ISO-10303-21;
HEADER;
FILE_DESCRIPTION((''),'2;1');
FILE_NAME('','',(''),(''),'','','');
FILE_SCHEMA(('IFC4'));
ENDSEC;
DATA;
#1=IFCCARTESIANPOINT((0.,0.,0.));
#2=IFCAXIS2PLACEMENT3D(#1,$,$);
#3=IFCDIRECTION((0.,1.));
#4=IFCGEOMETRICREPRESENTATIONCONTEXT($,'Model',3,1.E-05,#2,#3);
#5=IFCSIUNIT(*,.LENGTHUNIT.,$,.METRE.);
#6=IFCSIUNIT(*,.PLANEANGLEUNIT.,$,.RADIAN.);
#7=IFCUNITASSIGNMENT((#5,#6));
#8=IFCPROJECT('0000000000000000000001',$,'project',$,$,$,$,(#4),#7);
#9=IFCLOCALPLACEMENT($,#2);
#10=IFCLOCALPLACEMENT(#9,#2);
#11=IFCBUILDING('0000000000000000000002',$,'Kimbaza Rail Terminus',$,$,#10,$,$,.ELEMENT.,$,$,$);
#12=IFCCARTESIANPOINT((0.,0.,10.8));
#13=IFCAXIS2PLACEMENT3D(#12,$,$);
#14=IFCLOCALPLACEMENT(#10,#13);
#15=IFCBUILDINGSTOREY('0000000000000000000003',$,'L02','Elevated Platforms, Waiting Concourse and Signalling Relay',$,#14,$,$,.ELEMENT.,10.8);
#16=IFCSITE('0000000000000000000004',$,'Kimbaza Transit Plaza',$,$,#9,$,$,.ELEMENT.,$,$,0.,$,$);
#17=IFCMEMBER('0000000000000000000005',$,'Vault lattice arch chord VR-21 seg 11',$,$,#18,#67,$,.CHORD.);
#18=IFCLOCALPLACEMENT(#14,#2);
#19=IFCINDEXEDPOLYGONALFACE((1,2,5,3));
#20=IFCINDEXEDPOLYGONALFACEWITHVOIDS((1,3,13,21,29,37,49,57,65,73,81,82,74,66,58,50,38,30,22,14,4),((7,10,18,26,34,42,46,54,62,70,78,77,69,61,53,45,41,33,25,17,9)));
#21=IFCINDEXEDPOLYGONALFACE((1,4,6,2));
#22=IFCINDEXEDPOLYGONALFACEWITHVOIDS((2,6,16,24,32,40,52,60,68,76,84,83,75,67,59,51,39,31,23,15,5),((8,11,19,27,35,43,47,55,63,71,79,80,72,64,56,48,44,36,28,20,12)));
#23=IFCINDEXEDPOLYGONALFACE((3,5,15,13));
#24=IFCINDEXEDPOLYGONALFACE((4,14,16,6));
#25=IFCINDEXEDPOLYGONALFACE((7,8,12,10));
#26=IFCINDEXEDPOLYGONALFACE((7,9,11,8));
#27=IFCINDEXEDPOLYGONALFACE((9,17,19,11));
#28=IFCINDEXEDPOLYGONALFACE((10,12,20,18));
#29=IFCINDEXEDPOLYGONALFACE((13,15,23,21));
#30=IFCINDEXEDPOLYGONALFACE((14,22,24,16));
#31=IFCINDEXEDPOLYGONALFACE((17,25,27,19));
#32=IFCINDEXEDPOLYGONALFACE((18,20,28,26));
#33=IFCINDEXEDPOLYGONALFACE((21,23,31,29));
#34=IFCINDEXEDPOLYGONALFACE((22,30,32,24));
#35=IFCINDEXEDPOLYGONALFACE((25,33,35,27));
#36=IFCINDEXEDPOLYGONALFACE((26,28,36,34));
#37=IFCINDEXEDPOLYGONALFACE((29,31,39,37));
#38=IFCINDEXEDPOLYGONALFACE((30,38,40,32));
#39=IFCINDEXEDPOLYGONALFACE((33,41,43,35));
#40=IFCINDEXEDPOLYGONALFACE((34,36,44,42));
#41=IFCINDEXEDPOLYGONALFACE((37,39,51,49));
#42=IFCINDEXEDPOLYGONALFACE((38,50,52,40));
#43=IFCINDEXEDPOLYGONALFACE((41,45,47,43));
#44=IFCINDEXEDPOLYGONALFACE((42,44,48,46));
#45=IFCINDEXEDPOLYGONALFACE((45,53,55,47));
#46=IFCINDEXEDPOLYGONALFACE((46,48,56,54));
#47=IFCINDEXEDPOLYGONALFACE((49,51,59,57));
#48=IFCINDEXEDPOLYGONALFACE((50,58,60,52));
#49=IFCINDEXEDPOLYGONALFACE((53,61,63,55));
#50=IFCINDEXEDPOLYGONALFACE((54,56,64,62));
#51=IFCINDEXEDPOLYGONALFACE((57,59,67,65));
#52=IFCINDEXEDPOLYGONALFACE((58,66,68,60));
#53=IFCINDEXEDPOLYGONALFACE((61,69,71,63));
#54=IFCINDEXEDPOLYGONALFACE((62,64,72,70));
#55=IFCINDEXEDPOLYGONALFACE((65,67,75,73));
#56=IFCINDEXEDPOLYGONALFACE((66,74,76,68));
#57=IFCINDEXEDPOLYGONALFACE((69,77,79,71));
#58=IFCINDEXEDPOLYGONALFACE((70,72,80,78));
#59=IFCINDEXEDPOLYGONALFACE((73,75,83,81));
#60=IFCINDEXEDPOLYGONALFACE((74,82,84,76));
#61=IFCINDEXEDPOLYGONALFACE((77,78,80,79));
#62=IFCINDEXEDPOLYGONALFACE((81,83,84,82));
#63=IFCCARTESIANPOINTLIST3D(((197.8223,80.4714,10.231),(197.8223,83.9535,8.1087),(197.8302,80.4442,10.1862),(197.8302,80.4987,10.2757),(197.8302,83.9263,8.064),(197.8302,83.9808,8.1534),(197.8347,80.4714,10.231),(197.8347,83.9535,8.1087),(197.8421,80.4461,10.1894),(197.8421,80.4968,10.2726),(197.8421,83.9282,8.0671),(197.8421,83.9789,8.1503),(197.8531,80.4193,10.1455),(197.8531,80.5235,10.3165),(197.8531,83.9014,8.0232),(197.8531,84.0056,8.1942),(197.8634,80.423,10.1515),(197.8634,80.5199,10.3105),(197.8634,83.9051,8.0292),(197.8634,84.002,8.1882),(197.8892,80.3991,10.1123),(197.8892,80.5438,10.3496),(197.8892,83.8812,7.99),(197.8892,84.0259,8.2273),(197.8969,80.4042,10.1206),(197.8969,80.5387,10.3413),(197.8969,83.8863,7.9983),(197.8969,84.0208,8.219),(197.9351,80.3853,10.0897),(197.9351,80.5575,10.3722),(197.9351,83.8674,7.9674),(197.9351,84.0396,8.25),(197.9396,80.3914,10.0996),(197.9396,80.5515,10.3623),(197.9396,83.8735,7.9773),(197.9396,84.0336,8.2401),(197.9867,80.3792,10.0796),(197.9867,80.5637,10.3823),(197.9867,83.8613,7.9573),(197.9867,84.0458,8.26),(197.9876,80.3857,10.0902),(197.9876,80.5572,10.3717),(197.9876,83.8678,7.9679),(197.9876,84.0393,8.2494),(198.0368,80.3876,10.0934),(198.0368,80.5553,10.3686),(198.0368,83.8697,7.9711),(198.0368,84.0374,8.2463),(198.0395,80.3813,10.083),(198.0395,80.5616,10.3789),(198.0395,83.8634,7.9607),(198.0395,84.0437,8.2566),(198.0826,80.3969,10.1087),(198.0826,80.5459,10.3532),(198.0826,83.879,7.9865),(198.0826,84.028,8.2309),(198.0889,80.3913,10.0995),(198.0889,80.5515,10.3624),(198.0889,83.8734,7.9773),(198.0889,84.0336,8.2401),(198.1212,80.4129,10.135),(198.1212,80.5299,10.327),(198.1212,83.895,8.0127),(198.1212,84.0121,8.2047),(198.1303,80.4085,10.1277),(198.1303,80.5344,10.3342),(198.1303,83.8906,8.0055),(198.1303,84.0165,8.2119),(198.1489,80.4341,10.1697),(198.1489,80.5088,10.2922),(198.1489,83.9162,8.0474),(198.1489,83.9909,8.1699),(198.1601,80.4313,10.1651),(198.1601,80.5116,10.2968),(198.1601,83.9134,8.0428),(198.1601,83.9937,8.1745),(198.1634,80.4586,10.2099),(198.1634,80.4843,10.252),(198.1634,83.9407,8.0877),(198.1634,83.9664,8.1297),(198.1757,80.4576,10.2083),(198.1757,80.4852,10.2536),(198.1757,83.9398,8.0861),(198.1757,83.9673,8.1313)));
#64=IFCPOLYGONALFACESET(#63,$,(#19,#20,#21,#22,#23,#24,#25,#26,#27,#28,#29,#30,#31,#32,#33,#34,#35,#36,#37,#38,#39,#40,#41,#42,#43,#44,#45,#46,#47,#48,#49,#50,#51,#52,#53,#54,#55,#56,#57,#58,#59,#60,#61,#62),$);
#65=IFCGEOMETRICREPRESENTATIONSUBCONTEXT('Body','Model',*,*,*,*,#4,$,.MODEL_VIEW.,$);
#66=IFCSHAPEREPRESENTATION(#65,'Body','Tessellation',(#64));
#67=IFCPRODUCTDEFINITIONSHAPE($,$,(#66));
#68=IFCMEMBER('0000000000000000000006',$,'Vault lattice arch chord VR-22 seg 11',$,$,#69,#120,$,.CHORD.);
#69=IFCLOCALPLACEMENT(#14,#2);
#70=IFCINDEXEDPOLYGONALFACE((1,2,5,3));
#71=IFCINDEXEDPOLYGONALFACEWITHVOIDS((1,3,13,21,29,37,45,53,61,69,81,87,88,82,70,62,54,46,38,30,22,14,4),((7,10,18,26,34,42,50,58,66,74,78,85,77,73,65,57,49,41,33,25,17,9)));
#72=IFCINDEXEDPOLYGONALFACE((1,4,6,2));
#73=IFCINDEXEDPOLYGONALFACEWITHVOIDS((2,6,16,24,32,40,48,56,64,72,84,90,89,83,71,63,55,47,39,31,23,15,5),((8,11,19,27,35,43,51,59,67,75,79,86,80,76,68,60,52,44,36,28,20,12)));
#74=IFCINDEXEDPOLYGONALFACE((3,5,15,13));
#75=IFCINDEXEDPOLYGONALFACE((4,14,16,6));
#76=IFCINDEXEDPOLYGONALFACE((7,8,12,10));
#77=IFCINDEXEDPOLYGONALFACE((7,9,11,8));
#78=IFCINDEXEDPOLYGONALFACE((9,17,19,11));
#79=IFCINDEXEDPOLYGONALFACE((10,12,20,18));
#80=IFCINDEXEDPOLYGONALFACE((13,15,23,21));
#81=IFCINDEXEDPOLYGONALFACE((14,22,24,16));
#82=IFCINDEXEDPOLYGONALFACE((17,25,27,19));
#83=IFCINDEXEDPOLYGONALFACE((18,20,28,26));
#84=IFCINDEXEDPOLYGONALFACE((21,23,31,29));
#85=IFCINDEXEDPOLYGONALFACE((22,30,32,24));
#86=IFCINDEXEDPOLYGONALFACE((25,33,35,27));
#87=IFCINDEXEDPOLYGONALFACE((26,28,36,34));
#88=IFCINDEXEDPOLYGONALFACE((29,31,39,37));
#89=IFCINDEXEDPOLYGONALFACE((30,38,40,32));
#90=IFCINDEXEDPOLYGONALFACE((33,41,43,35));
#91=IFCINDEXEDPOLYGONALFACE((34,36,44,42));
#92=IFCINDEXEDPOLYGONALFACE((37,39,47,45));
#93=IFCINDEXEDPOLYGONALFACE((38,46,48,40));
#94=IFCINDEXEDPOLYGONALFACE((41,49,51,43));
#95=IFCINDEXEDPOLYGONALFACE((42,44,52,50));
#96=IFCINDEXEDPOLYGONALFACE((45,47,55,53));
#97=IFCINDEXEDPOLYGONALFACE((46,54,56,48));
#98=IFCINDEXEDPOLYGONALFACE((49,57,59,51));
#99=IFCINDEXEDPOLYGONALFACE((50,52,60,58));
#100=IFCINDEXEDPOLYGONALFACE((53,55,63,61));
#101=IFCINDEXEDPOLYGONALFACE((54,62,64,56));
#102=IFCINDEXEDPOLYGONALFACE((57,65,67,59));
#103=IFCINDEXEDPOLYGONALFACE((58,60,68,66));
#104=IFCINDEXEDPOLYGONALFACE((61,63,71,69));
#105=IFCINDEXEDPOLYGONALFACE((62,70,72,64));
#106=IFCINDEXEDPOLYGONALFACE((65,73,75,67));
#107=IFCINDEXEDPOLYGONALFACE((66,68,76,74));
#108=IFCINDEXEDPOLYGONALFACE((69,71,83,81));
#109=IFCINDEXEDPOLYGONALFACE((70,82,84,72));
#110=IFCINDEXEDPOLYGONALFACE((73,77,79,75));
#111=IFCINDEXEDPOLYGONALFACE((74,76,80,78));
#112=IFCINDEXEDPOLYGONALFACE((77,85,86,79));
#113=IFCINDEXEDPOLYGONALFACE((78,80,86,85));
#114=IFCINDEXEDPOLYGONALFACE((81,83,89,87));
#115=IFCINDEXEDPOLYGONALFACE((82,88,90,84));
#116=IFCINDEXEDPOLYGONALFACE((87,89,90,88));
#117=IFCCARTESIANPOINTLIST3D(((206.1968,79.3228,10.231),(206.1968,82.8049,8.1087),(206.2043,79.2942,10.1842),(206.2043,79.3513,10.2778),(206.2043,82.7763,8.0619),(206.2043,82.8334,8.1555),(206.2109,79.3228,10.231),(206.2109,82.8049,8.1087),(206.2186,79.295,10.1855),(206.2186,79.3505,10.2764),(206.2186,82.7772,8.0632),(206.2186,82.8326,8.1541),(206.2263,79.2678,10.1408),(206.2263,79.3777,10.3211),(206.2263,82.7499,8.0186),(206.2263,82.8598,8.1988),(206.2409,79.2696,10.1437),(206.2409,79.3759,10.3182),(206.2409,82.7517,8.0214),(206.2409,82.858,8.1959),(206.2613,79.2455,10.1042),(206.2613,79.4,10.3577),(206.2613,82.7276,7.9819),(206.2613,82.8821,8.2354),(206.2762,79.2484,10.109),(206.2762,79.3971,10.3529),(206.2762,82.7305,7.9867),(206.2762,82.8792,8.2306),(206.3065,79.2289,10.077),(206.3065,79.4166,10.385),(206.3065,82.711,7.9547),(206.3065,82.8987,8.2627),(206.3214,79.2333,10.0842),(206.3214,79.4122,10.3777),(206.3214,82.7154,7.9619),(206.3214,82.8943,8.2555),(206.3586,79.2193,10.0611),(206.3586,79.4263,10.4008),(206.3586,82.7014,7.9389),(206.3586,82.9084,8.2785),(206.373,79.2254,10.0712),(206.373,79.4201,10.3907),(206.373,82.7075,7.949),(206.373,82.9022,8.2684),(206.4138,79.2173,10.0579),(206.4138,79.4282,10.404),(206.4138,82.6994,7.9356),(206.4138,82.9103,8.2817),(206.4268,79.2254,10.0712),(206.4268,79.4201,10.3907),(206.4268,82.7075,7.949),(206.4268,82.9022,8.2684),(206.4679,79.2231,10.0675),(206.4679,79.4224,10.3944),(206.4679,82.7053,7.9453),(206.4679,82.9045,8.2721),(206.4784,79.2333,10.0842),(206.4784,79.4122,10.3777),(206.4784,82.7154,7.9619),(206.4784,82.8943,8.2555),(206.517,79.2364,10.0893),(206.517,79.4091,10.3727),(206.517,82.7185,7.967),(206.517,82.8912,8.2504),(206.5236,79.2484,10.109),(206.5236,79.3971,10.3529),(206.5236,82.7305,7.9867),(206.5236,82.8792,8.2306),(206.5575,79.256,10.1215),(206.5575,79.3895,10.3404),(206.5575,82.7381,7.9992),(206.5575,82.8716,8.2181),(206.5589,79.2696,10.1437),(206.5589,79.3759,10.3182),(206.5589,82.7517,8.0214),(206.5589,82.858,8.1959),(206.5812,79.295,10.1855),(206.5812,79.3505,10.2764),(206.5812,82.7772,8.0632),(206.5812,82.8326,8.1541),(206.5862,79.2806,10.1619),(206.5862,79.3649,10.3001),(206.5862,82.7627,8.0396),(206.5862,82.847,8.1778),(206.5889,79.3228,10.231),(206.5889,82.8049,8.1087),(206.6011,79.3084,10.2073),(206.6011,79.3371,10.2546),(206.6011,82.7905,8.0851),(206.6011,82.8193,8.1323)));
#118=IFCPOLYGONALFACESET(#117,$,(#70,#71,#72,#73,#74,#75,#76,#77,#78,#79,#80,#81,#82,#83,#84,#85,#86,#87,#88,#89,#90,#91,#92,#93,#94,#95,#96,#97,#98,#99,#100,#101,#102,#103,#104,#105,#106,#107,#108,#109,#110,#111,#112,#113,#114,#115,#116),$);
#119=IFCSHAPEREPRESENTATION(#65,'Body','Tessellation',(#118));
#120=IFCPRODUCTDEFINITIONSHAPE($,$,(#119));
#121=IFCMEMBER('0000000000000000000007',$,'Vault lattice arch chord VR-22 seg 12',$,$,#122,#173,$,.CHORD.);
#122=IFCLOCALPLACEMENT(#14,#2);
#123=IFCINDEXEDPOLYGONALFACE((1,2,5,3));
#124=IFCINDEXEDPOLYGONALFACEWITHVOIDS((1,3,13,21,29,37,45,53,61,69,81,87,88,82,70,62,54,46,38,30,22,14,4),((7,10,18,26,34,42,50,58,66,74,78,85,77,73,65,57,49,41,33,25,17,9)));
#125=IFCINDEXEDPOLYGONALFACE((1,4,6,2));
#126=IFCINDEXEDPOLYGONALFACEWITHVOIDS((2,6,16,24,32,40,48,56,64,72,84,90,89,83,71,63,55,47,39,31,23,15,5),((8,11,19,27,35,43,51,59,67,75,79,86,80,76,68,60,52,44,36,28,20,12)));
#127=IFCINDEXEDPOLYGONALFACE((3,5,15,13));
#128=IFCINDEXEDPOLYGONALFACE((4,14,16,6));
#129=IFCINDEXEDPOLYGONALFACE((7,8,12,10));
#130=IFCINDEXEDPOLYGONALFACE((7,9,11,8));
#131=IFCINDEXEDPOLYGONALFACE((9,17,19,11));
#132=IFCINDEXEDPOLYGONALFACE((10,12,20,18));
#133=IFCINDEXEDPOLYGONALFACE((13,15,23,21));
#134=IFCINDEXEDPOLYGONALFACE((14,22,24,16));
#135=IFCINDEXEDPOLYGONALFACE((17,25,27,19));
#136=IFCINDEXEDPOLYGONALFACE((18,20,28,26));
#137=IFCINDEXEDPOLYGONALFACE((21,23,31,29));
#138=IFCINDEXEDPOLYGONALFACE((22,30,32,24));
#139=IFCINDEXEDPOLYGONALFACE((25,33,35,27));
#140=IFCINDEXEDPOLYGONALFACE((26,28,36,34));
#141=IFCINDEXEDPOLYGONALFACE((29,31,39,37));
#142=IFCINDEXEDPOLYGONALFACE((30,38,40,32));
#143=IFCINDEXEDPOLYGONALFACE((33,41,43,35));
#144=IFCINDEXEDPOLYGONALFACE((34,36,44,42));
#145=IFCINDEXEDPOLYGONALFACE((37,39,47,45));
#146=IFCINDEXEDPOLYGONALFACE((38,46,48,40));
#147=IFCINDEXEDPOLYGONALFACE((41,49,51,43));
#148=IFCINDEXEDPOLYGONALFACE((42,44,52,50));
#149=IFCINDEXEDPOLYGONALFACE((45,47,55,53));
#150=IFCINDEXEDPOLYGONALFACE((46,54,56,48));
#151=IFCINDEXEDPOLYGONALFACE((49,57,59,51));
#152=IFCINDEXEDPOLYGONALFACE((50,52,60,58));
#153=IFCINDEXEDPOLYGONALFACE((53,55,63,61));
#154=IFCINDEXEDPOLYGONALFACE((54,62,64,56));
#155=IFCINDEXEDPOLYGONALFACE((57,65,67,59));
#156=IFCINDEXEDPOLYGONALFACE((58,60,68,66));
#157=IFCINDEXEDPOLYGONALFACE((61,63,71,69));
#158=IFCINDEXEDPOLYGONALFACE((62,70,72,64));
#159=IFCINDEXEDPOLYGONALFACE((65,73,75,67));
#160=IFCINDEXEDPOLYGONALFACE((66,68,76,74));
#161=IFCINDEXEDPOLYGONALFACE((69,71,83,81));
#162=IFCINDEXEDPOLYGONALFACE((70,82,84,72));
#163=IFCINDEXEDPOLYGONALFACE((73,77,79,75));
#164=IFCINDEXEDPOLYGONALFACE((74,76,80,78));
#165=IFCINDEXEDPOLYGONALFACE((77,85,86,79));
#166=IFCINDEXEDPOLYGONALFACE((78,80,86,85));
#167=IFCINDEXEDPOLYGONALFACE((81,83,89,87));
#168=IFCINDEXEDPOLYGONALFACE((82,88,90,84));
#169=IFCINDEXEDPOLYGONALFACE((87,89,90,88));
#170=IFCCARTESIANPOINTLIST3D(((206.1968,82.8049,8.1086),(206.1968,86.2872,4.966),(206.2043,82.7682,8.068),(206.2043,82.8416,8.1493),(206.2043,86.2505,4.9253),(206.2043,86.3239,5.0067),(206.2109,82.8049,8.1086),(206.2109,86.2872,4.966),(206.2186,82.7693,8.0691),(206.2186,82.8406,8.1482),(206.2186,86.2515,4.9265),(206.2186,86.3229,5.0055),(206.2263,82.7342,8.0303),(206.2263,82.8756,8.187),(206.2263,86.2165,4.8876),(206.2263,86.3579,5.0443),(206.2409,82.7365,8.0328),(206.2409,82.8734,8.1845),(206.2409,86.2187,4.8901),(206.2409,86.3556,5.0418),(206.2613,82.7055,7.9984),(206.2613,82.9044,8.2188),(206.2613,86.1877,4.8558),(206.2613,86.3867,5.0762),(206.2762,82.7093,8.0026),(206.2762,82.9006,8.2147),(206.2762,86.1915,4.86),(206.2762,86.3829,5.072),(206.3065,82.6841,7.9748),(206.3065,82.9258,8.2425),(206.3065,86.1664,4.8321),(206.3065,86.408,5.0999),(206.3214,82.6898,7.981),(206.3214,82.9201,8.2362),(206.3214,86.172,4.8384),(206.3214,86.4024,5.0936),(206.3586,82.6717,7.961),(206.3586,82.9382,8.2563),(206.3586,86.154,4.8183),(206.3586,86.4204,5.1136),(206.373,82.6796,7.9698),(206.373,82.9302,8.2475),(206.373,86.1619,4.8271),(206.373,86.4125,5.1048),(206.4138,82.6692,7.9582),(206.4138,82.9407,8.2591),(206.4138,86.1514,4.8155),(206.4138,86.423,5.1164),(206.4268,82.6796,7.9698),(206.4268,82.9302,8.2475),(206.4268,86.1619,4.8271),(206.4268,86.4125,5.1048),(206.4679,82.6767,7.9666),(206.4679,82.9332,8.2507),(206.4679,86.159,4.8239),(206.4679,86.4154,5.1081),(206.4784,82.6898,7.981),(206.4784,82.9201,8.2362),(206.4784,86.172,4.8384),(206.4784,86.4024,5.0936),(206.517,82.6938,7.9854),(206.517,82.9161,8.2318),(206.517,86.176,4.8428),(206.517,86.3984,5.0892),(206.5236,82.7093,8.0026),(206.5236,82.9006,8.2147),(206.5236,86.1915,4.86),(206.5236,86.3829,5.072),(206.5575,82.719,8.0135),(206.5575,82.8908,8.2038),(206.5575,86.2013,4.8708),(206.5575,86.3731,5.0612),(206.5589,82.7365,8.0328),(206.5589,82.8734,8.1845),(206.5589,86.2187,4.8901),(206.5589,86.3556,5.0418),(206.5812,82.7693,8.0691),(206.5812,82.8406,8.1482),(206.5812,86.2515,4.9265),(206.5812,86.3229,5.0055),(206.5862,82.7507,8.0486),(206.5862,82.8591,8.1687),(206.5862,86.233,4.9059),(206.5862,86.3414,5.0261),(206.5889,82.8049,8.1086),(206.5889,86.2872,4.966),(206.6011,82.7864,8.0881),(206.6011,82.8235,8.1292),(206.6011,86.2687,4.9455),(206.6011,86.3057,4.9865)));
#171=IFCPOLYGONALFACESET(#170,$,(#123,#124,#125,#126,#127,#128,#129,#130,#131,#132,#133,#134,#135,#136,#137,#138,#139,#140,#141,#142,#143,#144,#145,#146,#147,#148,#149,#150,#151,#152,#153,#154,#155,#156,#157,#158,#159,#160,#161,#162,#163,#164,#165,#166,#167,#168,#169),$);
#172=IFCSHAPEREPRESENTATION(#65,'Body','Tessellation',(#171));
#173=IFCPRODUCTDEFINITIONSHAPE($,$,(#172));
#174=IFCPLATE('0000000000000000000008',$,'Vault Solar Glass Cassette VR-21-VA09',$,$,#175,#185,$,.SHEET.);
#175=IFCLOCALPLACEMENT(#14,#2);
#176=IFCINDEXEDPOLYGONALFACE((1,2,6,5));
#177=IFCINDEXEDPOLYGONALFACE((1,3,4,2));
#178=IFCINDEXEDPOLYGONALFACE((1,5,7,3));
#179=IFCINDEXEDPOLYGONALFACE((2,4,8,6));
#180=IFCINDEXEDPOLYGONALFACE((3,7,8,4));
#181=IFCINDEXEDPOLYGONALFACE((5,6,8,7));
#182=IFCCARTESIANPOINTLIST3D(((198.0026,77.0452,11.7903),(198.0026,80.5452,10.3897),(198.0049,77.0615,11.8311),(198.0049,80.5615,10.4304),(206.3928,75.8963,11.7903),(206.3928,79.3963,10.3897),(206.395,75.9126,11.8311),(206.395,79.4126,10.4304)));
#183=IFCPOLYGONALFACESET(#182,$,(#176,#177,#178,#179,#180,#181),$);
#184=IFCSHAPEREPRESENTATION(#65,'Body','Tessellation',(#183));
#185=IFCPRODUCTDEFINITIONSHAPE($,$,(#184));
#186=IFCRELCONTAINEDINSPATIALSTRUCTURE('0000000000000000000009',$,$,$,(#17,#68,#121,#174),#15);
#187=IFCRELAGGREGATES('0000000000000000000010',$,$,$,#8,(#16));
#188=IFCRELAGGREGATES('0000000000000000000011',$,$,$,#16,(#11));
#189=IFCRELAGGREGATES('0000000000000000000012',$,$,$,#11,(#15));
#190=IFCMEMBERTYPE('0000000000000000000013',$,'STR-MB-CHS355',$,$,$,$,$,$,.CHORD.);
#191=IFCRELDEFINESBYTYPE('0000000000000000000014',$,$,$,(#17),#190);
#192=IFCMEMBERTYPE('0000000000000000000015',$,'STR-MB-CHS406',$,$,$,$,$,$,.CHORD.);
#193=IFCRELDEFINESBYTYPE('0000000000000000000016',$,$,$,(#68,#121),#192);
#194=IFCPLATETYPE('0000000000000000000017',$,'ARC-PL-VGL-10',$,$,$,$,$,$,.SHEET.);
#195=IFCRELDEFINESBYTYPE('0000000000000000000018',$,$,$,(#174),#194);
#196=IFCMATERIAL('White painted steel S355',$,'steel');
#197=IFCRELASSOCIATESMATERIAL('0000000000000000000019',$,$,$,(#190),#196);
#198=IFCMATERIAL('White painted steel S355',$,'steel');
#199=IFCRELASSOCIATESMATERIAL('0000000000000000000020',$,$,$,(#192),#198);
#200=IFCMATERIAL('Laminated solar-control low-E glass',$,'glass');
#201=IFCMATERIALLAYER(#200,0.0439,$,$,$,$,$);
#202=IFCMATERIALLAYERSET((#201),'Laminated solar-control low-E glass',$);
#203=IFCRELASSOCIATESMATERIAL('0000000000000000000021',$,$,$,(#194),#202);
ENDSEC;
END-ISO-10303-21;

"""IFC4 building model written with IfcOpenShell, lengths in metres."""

from ifc_helpers import new_model, si_unit, direction, frame, origin, origin_2d, place, context, subcontext, project, spatial, polyline, hollow_circle, outline, extrude, material, layer, layer_set, material_profile, profile_set, type_object, element, save


model = new_model("IFC4")

# Units and contexts
model_context = context("Model", 3, precision=1e-05, world=origin(), true_north=direction((0.0, 1.0)))
body_context = subcontext(model_context, "Body", "Model", "MODEL_VIEW")
ifc_project = project(units=[si_unit("LENGTHUNIT", "METRE"), si_unit("PLANEANGLEUNIT", "RADIAN")], contexts=[model_context])

# Site, building, storey
site_placement = place(None, origin())
site = spatial("IfcSite", under=ifc_project, at=site_placement, Name="Kimbaza Transit Plaza", CompositionType="ELEMENT", RefElevation=0.0)
building_placement = place(site_placement, origin())
building = spatial("IfcBuilding", under=site, at=building_placement, Name="Kimbaza Rail Terminus", CompositionType="ELEMENT")
storey_placement = place(building_placement, frame((0.0, 0.0, 10.8)))
storey = spatial("IfcBuildingStorey", under=building, at=storey_placement, Name="L02", Description="Elevated Platforms, Waiting Concourse and Signalling Relay", CompositionType="ELEMENT", Elevation=10.8)

# Members
ifc_material_1 = material(Name="White painted steel S355", Category="steel")
ifc_material_profile_1 = material_profile(ifc_material_1, hollow_circle(Radius=0.1777, WallThickness=0.0125, at=origin_2d()), Name="CHS 355.6x12.5")
ifc_profile_set_1 = profile_set([ifc_material_profile_1], Name="White painted steel S355")
member_type_1 = type_object("IfcMemberType", Name="STR-MB-CHS355", PredefinedType="CHORD", material=ifc_profile_set_1)
member_1_placement = place(storey_placement, frame((198.0, 80.4714, 10.231), z_axis=(0.0, 0.853901, -0.520435), x_axis=(-1.0, 0.0, 0.0)))
element("IfcMember", 1, at=member_1_placement, inside=storey, type_object=member_type_1, Name="Vault lattice arch chord VR-21 seg 11", PredefinedType="CHORD", context=body_context, shape_type="SweptSolid", body=[
    extrude(hollow_circle(Radius=0.1777, WallThickness=0.0125, at=origin_2d()), origin(), (0.0, 0.0, 1.0), 4.0779),
])
ifc_material_2 = material(Name="White painted steel S355", Category="steel")
ifc_material_profile_2 = material_profile(ifc_material_2, hollow_circle(Radius=0.2031, WallThickness=0.0142, at=origin_2d()), Name="CHS 406.4x14.2")
ifc_profile_set_2 = profile_set([ifc_material_profile_2], Name="White painted steel S355")
member_type_2 = type_object("IfcMemberType", Name="STR-MB-CHS406", PredefinedType="CHORD", material=ifc_profile_set_2)
member_2_placement = place(storey_placement, frame((206.3999, 79.3228, 10.231), z_axis=(0.0, 0.853901, -0.520435), x_axis=(-1.0, 0.0, 0.0)))
element("IfcMember", 2, at=member_2_placement, inside=storey, type_object=member_type_2, Name="Vault lattice arch chord VR-22 seg 11", PredefinedType="CHORD", context=body_context, shape_type="SweptSolid", body=[
    extrude(hollow_circle(Radius=0.2031, WallThickness=0.0142, at=origin_2d()), origin(), (0.0, 0.0, 1.0), 4.0779),
])
member_3_placement = place(storey_placement, frame((206.3999, 82.8049, 8.1086), z_axis=(0.0, 0.74238, -0.669979), x_axis=(-1.0, 0.0, 0.0)))
element("IfcMember", 3, at=member_3_placement, inside=storey, type_object=member_type_2, Name="Vault lattice arch chord VR-22 seg 12", PredefinedType="CHORD", context=body_context, shape_type="SweptSolid", body=[
    extrude(hollow_circle(Radius=0.2031, WallThickness=0.0142, at=origin_2d()), origin(), (0.0, 0.0, 1.0), 4.6907),
])

# Plate
ifc_material_3 = material(Name="Laminated solar-control low-E glass", Category="glass")
ifc_layer_1 = layer(ifc_material_3, 0.0439)
ifc_layer_set_1 = layer_set([ifc_layer_1], Name="Laminated solar-control low-E glass")
plate_type_1 = type_object("IfcPlateType", Name="ARC-PL-VGL-10", PredefinedType="SHEET", material=ifc_layer_set_1)
plate_1_placement = place(storey_placement, frame((198.0049, 77.0615, 11.8311), z_axis=(0.050812, 0.371056, 0.927219), x_axis=(0.990754, -0.135672, 0.0)))
element("IfcPlate", 4, at=plate_1_placement, inside=storey, type_object=plate_type_1, Name="Vault Solar Glass Cassette VR-21-VA09", PredefinedType="SHEET", context=body_context, shape_type="SweptSolid", body=[
    extrude(outline(polyline([(0.0, 0.0), (8.4684, 0.0), (7.9936, 3.7398), (-0.4749, 3.7398), (0.0, 0.0)])), origin(), (0.0, 0.0, -1.0), 0.0439),
])

save(model, "model.ifc")
